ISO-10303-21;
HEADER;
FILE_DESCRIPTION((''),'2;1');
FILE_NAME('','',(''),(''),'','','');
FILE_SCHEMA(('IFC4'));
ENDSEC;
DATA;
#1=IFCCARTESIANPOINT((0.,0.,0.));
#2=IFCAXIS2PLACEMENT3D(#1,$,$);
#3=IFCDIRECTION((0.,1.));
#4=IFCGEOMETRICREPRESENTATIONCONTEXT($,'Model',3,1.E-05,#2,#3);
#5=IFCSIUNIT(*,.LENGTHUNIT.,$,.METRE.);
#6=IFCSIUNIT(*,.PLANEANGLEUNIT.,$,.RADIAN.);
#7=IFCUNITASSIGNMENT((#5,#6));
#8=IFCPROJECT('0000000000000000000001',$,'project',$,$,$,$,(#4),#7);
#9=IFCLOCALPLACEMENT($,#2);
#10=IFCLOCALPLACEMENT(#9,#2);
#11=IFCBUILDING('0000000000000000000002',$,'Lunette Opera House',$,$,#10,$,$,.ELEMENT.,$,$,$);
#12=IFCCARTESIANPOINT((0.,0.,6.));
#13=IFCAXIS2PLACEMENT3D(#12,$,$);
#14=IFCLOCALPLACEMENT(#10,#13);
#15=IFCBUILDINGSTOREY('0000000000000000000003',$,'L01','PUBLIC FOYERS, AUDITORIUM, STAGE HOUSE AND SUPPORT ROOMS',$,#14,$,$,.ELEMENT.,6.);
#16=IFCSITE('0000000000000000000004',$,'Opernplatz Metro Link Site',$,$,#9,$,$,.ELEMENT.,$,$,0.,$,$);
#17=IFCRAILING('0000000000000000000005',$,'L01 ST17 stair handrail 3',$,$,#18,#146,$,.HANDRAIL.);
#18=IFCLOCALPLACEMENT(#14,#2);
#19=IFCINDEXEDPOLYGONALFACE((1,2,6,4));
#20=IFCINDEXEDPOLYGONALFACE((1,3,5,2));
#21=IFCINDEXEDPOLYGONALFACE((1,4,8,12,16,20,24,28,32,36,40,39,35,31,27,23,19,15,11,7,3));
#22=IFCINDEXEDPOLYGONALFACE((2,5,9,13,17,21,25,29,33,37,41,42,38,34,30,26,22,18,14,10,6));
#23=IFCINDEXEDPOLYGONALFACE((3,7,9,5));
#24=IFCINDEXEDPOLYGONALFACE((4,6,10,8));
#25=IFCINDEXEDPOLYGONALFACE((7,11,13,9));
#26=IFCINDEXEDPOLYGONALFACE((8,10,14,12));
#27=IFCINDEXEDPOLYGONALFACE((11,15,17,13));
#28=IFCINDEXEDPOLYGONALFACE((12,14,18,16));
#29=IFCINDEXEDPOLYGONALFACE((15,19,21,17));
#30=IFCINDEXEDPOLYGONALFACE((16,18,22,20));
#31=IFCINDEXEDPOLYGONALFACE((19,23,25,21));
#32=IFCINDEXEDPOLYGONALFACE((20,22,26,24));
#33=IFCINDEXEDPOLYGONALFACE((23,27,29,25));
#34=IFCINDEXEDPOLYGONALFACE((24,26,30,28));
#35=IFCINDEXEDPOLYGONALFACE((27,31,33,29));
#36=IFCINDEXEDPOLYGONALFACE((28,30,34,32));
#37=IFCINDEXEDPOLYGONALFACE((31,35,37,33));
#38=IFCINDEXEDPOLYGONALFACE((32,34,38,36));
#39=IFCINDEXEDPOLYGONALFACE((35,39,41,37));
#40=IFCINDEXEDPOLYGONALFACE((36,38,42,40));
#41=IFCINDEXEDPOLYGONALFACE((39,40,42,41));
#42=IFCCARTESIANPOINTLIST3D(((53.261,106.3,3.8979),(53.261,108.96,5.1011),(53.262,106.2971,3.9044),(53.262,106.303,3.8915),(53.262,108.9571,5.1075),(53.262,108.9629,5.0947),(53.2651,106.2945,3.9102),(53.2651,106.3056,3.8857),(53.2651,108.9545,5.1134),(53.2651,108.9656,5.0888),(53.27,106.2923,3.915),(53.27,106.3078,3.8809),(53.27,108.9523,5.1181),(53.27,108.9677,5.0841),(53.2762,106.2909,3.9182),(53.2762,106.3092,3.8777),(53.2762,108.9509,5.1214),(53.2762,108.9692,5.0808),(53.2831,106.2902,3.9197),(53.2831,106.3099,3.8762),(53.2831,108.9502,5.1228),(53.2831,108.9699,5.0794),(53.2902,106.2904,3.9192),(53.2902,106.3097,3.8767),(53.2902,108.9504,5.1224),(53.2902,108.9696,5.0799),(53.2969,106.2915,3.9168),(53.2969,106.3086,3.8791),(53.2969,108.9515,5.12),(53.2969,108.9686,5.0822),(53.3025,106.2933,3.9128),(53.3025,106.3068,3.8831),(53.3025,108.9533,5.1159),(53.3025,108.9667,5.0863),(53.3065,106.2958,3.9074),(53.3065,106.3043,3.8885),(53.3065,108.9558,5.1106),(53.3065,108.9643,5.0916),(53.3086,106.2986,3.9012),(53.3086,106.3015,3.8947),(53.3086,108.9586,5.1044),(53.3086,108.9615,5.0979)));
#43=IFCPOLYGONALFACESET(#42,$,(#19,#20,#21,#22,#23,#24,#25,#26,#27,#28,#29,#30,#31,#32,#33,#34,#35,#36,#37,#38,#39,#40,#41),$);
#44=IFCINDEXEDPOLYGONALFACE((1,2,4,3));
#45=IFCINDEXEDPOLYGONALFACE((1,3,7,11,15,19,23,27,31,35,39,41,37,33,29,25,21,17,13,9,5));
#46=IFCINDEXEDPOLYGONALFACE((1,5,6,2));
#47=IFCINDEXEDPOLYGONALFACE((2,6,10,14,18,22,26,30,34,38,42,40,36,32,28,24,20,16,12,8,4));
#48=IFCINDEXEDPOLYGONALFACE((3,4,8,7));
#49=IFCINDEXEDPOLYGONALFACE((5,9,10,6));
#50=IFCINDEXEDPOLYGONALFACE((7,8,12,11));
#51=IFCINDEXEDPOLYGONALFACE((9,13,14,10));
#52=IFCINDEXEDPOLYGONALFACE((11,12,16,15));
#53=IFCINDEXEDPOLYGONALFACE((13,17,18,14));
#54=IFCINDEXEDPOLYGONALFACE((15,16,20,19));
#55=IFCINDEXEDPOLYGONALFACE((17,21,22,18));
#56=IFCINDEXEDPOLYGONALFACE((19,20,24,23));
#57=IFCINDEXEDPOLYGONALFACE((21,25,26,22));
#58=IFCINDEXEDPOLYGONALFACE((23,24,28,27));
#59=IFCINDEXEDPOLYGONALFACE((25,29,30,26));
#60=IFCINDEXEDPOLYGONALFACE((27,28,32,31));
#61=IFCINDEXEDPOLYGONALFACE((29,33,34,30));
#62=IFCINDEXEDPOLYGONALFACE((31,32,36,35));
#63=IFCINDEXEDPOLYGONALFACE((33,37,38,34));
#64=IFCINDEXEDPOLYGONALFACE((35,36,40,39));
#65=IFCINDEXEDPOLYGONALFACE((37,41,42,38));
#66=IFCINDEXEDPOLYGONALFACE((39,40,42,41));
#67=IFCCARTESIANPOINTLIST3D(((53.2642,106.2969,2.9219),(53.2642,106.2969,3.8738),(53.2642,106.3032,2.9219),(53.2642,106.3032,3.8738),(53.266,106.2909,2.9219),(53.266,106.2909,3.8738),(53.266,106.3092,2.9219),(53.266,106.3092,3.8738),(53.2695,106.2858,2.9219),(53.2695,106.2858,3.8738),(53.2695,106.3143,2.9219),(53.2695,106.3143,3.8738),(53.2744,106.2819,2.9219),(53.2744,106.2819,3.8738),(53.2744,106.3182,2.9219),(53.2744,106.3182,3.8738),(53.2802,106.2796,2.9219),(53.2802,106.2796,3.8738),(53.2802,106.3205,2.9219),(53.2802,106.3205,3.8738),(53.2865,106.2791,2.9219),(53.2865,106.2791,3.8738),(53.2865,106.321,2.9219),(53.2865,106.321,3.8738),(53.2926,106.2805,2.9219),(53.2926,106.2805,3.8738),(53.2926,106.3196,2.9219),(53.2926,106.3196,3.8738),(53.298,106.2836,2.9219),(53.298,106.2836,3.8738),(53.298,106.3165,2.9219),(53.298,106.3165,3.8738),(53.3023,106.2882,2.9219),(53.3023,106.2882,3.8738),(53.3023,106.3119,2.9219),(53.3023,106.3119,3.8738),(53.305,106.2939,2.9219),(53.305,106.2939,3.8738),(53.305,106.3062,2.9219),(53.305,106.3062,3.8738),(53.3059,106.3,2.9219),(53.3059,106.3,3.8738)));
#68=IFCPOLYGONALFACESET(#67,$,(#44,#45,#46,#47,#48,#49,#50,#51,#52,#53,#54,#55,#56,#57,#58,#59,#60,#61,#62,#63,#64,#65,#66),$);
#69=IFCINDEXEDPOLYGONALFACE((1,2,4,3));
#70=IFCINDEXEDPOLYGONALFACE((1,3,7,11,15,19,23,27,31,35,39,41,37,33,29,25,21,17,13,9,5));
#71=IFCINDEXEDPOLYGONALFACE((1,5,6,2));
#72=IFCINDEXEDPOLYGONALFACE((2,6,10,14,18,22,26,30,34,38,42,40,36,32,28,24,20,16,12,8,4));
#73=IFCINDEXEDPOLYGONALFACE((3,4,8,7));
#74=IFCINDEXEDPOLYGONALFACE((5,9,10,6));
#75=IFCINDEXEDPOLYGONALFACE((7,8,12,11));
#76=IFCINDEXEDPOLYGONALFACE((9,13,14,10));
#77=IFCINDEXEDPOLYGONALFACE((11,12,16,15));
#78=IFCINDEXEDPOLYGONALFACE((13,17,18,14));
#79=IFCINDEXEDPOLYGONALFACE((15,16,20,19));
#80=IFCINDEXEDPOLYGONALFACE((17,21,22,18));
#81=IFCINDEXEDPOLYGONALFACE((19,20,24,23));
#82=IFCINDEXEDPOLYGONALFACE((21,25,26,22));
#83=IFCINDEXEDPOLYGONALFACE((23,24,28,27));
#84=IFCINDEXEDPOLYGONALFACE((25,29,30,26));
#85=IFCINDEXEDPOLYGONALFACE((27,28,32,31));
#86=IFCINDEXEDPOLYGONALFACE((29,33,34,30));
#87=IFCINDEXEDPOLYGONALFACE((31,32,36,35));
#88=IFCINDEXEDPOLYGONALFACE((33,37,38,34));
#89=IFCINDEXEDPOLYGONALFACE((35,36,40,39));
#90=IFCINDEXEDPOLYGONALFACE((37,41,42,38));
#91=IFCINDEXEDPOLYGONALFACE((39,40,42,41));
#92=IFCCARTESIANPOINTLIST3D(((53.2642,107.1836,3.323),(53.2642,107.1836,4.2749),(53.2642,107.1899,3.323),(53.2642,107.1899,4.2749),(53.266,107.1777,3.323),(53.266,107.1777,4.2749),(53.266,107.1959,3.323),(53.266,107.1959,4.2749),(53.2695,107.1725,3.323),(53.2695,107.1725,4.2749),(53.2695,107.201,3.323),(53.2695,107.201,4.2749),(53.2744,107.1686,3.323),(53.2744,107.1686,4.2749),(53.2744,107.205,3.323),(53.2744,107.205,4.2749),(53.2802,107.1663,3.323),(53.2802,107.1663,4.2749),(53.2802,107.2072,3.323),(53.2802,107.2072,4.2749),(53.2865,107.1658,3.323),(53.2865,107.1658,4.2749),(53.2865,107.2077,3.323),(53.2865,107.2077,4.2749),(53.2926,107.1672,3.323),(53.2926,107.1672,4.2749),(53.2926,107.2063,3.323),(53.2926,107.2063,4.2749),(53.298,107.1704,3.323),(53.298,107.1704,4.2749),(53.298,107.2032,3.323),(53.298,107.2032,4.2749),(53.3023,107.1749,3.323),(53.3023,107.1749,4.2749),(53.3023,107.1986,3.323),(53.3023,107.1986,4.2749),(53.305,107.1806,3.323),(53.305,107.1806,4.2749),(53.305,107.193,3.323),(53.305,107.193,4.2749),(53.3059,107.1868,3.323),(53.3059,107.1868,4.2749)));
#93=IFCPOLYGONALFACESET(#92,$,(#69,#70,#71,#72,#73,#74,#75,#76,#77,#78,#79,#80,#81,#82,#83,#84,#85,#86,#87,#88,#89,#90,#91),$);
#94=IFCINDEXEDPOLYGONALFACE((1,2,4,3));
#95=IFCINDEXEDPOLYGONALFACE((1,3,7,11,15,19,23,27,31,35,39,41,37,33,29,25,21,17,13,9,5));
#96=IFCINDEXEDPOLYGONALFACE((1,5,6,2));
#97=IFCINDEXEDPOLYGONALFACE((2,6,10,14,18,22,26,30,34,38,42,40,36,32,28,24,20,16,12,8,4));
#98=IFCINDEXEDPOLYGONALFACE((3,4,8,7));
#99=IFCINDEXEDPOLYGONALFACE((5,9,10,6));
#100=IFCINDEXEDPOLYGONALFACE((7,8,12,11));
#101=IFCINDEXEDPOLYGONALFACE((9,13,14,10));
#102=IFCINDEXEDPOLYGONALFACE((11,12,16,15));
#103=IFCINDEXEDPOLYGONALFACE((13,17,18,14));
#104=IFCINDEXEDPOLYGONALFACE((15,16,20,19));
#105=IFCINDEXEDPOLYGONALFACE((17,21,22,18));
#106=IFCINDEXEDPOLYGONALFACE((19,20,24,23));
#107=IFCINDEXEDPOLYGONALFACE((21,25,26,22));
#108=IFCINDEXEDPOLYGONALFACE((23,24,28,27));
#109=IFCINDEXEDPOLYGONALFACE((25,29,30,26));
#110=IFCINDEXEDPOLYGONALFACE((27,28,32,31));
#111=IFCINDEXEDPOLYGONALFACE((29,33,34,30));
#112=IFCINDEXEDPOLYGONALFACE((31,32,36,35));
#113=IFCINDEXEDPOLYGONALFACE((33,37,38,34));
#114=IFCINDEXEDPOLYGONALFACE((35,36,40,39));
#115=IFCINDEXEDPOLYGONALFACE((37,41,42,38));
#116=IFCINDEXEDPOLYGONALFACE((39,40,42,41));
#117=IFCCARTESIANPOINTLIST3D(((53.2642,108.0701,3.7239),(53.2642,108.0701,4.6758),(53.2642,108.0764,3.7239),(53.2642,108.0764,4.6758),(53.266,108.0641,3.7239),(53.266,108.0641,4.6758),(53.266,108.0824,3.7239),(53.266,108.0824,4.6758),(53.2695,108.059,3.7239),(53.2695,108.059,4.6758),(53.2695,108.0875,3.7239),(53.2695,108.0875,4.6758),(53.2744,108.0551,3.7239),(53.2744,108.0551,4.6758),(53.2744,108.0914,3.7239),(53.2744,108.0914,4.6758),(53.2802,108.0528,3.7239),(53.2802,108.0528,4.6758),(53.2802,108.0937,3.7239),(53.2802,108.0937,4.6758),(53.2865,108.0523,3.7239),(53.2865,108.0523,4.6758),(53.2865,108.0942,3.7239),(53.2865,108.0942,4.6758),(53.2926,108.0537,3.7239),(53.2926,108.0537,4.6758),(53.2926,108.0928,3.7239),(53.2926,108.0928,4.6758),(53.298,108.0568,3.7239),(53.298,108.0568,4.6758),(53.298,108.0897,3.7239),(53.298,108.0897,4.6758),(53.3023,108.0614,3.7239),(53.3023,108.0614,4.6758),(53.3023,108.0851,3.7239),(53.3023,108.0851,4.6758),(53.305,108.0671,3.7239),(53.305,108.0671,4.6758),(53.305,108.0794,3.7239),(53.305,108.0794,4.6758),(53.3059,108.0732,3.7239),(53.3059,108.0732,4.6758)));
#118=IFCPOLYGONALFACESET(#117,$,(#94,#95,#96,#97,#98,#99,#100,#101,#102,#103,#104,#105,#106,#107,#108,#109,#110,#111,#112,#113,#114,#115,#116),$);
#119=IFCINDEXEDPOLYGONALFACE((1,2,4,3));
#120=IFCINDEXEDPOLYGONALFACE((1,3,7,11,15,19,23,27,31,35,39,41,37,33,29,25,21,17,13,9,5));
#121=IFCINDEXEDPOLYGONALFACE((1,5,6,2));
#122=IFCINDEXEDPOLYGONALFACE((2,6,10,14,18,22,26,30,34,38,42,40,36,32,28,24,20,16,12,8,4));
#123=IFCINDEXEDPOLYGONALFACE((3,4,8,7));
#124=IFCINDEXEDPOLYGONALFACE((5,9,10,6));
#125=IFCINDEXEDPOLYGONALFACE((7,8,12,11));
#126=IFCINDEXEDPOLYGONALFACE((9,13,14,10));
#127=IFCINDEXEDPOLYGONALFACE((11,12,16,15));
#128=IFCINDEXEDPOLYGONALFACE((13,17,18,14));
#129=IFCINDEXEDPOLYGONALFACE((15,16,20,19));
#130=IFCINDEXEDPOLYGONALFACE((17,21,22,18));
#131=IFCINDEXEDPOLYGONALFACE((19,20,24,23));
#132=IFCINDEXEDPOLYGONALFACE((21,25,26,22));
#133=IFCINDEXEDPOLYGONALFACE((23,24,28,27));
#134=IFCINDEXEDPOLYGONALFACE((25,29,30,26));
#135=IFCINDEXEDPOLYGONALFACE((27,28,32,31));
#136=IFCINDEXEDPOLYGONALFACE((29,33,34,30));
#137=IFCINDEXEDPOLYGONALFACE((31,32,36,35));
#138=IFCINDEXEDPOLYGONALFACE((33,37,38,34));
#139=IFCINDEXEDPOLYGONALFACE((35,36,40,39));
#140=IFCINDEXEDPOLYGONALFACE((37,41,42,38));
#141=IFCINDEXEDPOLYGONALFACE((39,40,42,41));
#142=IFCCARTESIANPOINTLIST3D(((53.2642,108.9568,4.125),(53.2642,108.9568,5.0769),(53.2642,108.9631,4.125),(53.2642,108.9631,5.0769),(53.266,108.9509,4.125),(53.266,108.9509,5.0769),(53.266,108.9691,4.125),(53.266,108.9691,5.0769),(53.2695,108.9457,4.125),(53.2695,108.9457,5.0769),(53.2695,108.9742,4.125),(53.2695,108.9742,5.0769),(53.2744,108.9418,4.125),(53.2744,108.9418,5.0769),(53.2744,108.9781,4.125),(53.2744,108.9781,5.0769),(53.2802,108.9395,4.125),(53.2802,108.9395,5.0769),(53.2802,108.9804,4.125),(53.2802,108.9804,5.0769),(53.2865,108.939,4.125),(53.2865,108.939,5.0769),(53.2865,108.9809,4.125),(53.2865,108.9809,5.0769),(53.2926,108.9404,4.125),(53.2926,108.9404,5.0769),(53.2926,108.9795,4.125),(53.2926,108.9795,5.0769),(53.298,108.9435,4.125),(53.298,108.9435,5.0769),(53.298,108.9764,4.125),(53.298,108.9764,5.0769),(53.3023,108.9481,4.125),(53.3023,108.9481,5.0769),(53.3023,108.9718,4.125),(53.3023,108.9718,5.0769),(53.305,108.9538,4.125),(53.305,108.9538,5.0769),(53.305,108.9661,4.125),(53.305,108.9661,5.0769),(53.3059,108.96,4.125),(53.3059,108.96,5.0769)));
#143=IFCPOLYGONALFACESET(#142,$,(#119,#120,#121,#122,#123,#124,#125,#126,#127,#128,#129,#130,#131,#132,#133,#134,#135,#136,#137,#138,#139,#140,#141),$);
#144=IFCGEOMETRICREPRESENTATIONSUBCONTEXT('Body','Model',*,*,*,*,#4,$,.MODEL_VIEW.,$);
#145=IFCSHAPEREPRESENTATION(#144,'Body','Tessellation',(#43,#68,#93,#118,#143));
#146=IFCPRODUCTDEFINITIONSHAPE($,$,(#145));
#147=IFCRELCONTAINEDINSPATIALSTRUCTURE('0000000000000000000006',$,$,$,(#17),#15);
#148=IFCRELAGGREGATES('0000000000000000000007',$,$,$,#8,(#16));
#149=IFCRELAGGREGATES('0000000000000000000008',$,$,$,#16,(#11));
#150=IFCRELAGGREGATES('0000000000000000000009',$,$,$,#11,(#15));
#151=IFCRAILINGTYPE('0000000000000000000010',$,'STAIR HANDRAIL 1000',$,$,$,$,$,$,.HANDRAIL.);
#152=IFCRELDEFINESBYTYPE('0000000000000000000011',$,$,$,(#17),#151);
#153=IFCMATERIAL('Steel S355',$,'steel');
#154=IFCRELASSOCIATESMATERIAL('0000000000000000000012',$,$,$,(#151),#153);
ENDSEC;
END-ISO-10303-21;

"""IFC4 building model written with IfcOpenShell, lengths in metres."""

from ifc_helpers import new_model, si_unit, direction, frame, origin, origin_2d, place, context, subcontext, project, spatial, circle, extrude, material, type_object, element, save


model = new_model("IFC4")

# Units and contexts
model_context = context("Model", 3, precision=1e-05, world=origin(), true_north=direction((0.0, 1.0)))
body_context = subcontext(model_context, "Body", "Model", "MODEL_VIEW")
ifc_project = project(units=[si_unit("LENGTHUNIT", "METRE"), si_unit("PLANEANGLEUNIT", "RADIAN")], contexts=[model_context])

# Site, building, storey
site_placement = place(None, origin())
site = spatial("IfcSite", under=ifc_project, at=site_placement, Name="Opernplatz Metro Link Site", CompositionType="ELEMENT", RefElevation=0.0)
building_placement = place(site_placement, origin())
building = spatial("IfcBuilding", under=site, at=building_placement, Name="Lunette Opera House", CompositionType="ELEMENT")
storey_placement = place(building_placement, frame((0.0, 0.0, 6.0)))
storey = spatial("IfcBuildingStorey", under=building, at=storey_placement, Name="L01", Description="PUBLIC FOYERS, AUDITORIUM, STAGE HOUSE AND SUPPORT ROOMS", CompositionType="ELEMENT", Elevation=6.0)

# Railing
ifc_material_1 = material(Name="Steel S355", Category="steel")
railing_type_1 = type_object("IfcRailingType", Name="STAIR HANDRAIL 1000", PredefinedType="HANDRAIL", material=ifc_material_1)
railing_1_placement = place(storey_placement, frame((53.2849, 106.3, 2.9219)))
element("IfcRailing", 1, at=railing_1_placement, inside=storey, type_object=railing_type_1, Name="L01 ST17 stair handrail 3", PredefinedType="HANDRAIL", context=body_context, shape_type="SweptSolid", body=[
    extrude(circle(Radius=0.0239, at=origin_2d()), frame((0.0, 0.0, 0.9761), z_axis=(0.0, 0.91113, 0.41212), x_axis=(-1.0, 0.0, 0.0)), (0.0, 0.0, 1.0), 2.9194),
    extrude(circle(Radius=0.021, at=origin_2d()), origin(), (0.0, 0.0, 1.0), 0.9519),
    extrude(circle(Radius=0.021, at=origin_2d()), frame((0.0, 0.8867, 0.4011)), (0.0, 0.0, 1.0), 0.9519),
    extrude(circle(Radius=0.021, at=origin_2d()), frame((0.0, 1.7732, 0.802)), (0.0, 0.0, 1.0), 0.9519),
    extrude(circle(Radius=0.021, at=origin_2d()), frame((0.0, 2.6599, 1.2031)), (0.0, 0.0, 1.0), 0.9519),
])

save(model, "model.ifc")
